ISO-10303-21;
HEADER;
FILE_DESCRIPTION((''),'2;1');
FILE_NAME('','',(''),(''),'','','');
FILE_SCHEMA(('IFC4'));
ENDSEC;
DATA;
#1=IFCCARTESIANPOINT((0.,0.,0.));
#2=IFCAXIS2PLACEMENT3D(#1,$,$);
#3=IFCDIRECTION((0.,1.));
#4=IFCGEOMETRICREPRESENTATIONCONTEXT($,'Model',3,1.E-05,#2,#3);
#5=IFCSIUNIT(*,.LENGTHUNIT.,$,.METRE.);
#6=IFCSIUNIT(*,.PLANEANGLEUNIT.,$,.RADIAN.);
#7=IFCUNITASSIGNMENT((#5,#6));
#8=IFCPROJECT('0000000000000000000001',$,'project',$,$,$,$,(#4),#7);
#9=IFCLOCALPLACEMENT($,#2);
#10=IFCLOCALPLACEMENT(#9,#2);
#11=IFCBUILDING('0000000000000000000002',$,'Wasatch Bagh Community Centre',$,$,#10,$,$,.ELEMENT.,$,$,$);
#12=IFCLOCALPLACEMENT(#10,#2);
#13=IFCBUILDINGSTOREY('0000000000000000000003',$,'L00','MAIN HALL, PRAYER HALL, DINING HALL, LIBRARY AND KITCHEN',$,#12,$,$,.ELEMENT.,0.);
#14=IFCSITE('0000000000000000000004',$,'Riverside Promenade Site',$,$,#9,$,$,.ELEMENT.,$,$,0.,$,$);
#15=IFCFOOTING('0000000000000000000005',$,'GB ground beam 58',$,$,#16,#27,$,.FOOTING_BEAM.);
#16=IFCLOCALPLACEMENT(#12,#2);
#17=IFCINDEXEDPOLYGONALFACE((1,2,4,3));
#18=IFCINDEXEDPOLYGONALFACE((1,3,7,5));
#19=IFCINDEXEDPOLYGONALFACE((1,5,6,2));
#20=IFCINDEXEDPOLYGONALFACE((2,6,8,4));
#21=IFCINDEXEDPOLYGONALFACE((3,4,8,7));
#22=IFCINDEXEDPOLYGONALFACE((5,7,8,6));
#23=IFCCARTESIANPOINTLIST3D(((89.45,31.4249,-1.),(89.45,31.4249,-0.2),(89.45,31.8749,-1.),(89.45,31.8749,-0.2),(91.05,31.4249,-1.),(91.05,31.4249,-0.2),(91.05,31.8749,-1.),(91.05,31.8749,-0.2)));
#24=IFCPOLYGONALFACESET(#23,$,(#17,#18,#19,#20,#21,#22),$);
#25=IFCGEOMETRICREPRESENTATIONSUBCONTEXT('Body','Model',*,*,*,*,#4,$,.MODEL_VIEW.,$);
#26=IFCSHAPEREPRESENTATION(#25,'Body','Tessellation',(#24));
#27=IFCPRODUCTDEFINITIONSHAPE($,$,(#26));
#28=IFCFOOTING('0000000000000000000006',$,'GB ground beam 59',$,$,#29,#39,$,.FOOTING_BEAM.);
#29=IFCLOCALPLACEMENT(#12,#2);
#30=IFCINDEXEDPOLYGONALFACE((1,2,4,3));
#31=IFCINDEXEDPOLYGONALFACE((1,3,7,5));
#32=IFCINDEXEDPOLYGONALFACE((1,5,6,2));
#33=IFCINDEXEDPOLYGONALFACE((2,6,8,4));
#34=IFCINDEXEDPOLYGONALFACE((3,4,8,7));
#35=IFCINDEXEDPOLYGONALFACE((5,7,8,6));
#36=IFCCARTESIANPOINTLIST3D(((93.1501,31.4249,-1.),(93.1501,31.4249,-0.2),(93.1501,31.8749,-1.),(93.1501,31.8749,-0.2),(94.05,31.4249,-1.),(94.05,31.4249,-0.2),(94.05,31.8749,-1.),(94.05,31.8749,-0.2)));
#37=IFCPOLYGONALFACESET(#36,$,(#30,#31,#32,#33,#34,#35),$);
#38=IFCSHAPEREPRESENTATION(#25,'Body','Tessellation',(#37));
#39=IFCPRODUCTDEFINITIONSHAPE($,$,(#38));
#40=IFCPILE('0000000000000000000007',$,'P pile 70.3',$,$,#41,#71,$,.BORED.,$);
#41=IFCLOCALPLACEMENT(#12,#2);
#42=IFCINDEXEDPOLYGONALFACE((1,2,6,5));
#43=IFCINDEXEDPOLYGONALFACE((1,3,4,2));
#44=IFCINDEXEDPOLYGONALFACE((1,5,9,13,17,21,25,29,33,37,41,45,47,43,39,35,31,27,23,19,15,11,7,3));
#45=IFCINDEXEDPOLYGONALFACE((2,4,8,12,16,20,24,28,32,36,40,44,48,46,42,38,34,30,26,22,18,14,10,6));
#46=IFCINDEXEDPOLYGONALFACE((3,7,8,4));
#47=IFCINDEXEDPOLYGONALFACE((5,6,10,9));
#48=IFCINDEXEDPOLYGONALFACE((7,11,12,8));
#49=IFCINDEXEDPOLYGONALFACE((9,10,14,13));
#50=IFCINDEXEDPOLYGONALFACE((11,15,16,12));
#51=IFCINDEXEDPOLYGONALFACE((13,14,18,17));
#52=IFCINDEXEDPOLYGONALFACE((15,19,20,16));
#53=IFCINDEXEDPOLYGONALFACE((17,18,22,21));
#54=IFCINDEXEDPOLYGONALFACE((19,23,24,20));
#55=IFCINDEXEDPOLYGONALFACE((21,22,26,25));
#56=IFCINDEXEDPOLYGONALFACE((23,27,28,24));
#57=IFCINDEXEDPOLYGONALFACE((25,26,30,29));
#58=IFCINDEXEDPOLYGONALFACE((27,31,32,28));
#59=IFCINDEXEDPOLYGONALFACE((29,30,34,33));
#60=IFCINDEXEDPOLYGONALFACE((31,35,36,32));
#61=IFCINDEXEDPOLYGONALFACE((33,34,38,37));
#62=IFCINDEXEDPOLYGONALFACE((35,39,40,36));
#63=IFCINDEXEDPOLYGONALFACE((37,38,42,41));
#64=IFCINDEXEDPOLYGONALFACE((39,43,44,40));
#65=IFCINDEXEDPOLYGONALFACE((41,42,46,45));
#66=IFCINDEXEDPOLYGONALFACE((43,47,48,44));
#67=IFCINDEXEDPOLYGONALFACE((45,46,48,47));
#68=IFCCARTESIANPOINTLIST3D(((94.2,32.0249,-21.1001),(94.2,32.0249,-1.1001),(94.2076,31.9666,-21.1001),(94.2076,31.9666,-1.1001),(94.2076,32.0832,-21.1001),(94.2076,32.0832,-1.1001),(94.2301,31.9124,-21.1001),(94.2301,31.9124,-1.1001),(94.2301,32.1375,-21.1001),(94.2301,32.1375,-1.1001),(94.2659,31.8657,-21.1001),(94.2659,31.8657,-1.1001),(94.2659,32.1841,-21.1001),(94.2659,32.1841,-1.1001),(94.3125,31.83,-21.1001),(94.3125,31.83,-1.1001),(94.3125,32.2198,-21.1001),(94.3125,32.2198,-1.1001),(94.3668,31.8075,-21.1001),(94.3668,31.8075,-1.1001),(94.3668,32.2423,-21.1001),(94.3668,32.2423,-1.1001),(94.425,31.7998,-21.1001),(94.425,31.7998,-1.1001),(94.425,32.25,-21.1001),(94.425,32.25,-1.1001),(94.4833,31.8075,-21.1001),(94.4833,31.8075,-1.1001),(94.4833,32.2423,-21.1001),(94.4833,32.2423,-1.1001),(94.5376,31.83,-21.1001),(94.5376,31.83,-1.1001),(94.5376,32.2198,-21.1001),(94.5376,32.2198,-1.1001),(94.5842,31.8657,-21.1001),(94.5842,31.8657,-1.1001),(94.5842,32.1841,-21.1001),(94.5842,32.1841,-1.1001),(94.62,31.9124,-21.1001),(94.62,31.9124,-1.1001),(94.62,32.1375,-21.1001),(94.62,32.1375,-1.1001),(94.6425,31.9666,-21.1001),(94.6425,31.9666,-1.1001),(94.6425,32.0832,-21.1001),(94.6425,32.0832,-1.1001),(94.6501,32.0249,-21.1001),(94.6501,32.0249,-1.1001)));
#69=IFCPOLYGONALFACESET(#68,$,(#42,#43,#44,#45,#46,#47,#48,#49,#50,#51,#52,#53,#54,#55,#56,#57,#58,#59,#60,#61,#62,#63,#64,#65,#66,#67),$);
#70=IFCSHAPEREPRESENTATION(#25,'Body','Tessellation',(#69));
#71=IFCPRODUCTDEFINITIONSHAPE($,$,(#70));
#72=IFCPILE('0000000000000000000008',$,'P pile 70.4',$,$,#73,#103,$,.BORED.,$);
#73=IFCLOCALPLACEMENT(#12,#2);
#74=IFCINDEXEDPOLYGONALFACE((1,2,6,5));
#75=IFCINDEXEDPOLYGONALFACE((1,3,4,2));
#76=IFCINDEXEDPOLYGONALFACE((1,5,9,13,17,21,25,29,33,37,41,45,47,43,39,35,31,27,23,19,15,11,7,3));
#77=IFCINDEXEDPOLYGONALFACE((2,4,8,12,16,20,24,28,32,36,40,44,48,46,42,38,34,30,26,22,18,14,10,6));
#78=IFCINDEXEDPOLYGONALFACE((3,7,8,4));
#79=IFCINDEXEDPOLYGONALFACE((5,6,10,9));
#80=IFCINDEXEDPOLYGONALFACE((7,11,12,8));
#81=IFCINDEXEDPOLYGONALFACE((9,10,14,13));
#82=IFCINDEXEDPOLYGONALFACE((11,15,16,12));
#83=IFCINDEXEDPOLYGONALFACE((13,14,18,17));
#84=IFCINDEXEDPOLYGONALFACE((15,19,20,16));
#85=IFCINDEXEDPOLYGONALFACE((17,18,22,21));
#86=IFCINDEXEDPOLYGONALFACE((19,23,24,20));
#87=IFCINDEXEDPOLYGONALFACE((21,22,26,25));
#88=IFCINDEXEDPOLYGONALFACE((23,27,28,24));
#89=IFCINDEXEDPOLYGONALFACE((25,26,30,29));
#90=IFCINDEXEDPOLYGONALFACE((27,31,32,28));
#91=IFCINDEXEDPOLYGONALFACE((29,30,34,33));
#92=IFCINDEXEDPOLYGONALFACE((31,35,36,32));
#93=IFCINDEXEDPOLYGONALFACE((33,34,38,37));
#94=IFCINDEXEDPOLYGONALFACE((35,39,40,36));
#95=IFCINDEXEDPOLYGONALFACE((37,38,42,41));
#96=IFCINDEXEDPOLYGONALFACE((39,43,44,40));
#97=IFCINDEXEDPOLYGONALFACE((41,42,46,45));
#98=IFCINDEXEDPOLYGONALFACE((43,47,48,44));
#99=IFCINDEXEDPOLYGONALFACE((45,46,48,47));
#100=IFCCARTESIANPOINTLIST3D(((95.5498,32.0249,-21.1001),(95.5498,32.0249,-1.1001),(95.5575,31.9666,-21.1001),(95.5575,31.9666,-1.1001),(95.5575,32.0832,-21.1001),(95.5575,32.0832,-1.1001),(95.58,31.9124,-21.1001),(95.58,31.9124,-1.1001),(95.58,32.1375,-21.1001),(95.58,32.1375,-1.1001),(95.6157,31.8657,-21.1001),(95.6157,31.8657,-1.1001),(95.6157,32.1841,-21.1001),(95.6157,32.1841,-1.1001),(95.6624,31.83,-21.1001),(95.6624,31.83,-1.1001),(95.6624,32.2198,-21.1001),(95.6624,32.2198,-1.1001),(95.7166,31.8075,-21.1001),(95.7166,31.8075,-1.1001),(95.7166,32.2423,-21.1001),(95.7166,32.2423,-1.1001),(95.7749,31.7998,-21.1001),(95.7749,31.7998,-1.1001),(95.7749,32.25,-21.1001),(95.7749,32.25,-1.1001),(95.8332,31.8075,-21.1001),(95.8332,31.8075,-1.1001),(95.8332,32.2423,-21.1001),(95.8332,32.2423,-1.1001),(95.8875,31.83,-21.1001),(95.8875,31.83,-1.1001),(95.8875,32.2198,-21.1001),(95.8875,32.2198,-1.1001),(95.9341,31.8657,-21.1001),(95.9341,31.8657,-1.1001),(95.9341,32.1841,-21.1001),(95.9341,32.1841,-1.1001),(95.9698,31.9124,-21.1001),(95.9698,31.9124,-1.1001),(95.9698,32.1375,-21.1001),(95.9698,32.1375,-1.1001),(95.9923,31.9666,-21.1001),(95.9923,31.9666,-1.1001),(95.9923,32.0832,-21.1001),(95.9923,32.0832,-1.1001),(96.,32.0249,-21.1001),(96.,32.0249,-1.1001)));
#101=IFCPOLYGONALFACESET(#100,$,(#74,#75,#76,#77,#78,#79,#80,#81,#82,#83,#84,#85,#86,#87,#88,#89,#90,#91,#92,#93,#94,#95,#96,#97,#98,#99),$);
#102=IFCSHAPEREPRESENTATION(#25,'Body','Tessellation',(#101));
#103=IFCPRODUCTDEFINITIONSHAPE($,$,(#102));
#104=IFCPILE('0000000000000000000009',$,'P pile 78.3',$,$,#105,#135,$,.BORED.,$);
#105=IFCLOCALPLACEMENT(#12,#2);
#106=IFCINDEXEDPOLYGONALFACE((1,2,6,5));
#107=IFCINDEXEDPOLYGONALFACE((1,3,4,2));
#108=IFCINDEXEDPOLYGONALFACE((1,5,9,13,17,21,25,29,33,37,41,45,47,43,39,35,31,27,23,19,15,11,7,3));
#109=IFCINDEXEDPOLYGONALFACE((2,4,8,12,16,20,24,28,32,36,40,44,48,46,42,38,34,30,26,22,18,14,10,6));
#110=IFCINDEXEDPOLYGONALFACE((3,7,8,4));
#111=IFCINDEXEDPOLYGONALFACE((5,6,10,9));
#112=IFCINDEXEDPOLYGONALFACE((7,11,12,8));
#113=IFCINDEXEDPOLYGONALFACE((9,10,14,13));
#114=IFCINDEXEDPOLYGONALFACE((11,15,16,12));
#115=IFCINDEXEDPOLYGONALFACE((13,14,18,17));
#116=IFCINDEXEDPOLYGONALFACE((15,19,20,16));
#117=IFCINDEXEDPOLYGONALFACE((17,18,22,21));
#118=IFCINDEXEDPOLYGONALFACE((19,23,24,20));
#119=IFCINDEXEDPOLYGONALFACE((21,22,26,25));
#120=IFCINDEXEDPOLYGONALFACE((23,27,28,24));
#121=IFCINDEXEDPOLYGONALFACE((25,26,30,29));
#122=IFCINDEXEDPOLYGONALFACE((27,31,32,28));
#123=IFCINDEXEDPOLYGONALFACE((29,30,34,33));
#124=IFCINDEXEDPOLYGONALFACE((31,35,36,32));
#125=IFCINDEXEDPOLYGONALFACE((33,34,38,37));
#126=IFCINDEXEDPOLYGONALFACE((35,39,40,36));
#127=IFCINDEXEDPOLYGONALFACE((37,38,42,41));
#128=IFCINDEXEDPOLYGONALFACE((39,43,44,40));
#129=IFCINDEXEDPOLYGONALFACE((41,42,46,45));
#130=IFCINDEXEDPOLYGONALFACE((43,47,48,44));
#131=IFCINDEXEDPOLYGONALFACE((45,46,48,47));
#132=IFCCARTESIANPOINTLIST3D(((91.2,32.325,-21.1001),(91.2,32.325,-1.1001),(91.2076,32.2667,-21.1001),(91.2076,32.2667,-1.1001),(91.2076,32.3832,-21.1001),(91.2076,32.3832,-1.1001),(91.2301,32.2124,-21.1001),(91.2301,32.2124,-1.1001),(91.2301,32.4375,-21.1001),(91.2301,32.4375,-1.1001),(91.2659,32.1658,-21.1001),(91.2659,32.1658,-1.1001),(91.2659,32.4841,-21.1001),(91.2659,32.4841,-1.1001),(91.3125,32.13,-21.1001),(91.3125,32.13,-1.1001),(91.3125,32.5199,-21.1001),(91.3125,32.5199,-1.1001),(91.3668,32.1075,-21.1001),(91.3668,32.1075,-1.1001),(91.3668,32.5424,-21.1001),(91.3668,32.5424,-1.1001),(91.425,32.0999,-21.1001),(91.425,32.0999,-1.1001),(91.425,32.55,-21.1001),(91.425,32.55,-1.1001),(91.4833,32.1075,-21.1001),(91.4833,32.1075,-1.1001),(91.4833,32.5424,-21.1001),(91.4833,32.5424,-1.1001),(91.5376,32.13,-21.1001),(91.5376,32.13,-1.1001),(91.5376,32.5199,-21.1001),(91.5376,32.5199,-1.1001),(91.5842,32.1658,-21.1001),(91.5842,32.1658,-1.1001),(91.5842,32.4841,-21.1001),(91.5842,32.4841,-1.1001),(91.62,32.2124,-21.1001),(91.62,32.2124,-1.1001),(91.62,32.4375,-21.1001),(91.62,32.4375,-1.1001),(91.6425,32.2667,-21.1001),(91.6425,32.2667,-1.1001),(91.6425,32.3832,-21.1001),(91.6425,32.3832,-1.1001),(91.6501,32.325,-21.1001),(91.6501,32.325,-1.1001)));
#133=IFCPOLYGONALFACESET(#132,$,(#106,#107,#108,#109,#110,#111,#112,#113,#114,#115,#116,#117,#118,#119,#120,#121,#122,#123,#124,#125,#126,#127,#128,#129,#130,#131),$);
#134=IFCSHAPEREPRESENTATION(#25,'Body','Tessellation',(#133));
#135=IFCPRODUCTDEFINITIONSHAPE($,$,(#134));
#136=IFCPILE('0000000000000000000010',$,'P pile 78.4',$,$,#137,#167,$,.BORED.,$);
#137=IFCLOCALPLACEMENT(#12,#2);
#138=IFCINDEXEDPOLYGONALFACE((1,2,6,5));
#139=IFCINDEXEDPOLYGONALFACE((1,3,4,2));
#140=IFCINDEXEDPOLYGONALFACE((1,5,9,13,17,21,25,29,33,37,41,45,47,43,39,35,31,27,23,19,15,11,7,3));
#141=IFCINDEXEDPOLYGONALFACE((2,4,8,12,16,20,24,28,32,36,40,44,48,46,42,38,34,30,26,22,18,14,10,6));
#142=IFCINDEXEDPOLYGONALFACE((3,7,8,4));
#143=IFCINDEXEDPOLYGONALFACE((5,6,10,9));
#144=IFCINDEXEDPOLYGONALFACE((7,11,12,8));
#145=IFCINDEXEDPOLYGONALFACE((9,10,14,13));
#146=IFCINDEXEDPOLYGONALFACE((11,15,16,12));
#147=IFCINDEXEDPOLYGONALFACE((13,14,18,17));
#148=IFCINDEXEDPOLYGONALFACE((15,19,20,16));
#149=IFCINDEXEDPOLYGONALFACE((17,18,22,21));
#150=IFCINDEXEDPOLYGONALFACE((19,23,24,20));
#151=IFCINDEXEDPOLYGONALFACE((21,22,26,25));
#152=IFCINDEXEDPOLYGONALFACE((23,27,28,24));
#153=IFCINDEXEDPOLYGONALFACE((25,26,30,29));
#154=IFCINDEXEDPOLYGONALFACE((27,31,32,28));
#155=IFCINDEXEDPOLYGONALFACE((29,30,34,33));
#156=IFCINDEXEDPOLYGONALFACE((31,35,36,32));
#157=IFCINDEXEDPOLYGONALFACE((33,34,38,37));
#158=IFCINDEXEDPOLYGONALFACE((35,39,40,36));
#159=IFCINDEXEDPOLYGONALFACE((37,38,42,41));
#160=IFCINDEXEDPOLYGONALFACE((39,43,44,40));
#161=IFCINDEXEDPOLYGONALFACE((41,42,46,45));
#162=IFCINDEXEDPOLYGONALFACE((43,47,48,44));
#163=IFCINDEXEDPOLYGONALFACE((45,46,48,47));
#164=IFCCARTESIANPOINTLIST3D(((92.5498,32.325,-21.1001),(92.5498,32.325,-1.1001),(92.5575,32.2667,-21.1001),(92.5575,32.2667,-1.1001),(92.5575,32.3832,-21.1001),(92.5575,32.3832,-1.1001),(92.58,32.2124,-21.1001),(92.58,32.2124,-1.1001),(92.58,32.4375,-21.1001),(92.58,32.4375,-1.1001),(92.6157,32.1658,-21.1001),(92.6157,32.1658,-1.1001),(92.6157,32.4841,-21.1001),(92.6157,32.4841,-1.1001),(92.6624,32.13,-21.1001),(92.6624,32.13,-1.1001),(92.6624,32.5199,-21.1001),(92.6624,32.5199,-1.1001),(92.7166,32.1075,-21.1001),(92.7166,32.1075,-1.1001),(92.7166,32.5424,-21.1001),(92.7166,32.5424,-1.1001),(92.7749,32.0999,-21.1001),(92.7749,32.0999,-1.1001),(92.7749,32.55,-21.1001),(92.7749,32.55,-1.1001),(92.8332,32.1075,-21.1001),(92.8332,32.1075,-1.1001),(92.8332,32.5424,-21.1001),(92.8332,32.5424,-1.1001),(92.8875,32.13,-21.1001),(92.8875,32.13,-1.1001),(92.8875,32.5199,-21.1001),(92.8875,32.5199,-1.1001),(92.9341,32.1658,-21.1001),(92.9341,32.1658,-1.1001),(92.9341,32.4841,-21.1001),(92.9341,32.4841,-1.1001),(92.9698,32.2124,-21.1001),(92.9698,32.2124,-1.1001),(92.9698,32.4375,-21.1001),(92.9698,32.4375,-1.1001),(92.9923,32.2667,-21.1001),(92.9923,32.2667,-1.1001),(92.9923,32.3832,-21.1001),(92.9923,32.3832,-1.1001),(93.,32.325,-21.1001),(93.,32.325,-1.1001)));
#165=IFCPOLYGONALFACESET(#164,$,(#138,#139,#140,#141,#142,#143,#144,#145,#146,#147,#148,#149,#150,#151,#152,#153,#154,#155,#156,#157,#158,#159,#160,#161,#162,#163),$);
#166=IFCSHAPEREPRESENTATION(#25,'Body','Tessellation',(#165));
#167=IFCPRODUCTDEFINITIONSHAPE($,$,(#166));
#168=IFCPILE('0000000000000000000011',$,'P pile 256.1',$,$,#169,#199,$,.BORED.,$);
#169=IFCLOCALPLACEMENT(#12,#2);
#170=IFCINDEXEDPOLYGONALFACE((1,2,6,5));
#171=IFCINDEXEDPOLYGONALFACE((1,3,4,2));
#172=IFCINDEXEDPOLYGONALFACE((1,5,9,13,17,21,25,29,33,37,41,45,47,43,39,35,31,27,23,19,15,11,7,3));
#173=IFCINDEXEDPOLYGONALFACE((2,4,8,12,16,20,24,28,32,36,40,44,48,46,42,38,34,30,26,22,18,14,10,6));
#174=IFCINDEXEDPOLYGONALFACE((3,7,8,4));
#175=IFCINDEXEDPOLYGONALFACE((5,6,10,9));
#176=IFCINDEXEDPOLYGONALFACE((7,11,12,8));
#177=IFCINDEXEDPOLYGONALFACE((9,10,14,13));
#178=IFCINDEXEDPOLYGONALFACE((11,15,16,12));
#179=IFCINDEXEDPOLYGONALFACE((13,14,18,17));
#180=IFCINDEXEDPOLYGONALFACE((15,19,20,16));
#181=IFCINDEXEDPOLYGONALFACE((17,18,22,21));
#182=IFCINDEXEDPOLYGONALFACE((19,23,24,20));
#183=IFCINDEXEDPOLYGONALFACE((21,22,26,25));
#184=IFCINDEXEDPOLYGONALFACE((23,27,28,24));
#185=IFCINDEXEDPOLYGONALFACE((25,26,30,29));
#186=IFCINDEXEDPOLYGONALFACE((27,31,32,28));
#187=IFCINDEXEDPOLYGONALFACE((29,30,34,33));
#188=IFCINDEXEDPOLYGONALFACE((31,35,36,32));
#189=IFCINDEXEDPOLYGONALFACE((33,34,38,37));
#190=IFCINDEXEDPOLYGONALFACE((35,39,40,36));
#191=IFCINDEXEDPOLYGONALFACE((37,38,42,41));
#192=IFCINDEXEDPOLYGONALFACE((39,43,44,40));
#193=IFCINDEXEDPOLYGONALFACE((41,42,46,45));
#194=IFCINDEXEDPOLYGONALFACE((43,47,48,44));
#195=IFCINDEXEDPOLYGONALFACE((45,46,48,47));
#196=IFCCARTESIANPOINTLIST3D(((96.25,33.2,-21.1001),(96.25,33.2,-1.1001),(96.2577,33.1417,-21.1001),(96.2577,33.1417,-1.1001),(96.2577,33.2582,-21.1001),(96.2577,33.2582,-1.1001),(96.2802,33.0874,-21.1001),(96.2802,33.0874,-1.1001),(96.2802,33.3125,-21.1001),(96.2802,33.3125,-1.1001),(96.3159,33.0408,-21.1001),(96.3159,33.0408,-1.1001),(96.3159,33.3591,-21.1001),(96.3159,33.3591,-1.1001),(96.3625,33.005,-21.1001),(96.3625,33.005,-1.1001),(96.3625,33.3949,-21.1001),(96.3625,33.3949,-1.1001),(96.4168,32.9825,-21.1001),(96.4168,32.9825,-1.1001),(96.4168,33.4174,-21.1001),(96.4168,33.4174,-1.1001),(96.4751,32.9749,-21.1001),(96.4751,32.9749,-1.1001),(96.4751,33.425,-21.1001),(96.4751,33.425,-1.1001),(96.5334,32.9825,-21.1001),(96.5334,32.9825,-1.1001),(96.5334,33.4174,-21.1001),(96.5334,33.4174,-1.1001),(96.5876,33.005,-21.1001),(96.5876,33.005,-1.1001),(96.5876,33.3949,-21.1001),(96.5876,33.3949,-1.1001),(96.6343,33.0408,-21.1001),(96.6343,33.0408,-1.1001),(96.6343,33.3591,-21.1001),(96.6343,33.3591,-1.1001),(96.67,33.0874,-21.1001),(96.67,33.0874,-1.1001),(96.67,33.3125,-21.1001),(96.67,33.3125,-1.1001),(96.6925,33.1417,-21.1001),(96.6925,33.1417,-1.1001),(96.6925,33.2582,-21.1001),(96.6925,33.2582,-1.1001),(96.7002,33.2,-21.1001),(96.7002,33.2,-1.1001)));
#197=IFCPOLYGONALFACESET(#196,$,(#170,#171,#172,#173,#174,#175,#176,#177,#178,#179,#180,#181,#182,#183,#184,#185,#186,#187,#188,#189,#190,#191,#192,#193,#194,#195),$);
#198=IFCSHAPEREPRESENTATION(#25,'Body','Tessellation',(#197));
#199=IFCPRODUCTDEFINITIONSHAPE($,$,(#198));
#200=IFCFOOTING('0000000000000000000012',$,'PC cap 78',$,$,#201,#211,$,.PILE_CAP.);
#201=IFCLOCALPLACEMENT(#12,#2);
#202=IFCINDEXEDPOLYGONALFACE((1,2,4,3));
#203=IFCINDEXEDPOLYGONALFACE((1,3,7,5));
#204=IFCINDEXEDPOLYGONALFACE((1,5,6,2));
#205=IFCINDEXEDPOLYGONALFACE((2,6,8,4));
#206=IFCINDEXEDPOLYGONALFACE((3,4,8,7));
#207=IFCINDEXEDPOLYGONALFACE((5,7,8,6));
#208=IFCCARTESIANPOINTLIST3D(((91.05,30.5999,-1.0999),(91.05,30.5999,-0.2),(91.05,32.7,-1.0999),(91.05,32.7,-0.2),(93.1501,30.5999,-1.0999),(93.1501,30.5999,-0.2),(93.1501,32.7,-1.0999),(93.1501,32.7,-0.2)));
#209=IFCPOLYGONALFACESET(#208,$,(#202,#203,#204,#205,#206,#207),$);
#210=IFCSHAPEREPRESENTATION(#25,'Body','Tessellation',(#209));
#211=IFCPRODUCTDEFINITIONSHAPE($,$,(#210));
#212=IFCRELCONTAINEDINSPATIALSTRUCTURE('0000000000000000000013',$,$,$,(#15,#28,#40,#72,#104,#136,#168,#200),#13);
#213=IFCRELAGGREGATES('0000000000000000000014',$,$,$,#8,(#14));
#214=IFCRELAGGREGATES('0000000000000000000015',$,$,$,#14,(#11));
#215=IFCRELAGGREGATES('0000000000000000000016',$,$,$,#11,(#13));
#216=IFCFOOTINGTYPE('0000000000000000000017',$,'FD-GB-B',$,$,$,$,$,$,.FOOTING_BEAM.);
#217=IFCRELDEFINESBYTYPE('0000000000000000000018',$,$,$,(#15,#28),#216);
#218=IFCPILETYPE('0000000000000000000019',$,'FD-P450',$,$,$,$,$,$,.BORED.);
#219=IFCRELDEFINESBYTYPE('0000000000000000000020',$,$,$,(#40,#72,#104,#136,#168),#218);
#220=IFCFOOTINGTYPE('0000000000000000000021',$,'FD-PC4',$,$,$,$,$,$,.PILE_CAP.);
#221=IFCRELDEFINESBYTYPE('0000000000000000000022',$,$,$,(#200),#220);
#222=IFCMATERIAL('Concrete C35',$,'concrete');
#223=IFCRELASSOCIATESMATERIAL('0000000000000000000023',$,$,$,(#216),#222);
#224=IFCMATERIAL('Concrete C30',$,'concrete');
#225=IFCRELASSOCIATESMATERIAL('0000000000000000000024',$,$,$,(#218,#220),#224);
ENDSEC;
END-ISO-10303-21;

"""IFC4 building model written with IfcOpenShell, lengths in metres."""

from ifc_helpers import new_model, si_unit, direction, frame, origin, origin_2d, place, context, subcontext, project, spatial, rectangle, circle, extrude, material, material_profile, profile_set, type_object, element, save


model = new_model("IFC4")

# Units and contexts
model_context = context("Model", 3, precision=1e-05, world=origin(), true_north=direction((0.0, 1.0)))
body_context = subcontext(model_context, "Body", "Model", "MODEL_VIEW")
ifc_project = project(units=[si_unit("LENGTHUNIT", "METRE"), si_unit("PLANEANGLEUNIT", "RADIAN")], contexts=[model_context])

# Site, building, storey
site_placement = place(None, origin())
site = spatial("IfcSite", under=ifc_project, at=site_placement, Name="Riverside Promenade Site", CompositionType="ELEMENT", RefElevation=0.0)
building_placement = place(site_placement, origin())
building = spatial("IfcBuilding", under=site, at=building_placement, Name="Wasatch Bagh Community Centre", CompositionType="ELEMENT")
storey_placement = place(building_placement, origin())
storey = spatial("IfcBuildingStorey", under=building, at=storey_placement, Name="L00", Description="MAIN HALL, PRAYER HALL, DINING HALL, LIBRARY AND KITCHEN", CompositionType="ELEMENT", Elevation=0.0)

# Footings
ifc_material_1 = material(Name="Concrete C35", Category="concrete")
footing_type_1 = type_object("IfcFootingType", Name="FD-GB-B", PredefinedType="FOOTING_BEAM", material=ifc_material_1)
footing_1_placement = place(storey_placement, frame((90.25, 31.6499, -1.0), z_axis=(0.0, 0.0, 1.0), x_axis=(1.0, 0.0, 0.0)))
element("IfcFooting", 1, at=footing_1_placement, inside=storey, type_object=footing_type_1, Name="GB ground beam 58", PredefinedType="FOOTING_BEAM", context=body_context, shape_type="SweptSolid", body=[
    extrude(rectangle(XDim=1.6001, YDim=0.45, at=origin_2d()), origin(), (0.0, 0.0, 1.0), 0.8),
])
footing_2_placement = place(storey_placement, frame((93.6001, 31.6499, -1.0), z_axis=(0.0, 0.0, 1.0), x_axis=(1.0, 0.0, 0.0)))
element("IfcFooting", 2, at=footing_2_placement, inside=storey, type_object=footing_type_1, Name="GB ground beam 59", PredefinedType="FOOTING_BEAM", context=body_context, shape_type="SweptSolid", body=[
    extrude(rectangle(XDim=0.8999, YDim=0.45, at=origin_2d()), origin(), (0.0, 0.0, 1.0), 0.8),
])

# Piles
ifc_material_2 = material(Name="Concrete C30", Category="concrete")
ifc_material_profile_1 = material_profile(ifc_material_2, circle(Radius=0.2251, at=origin_2d()), Name="RC D450")
ifc_profile_set_1 = profile_set([ifc_material_profile_1], Name="Concrete C30")
pile_type = type_object("IfcPileType", Name="FD-P450", PredefinedType="BORED", material=ifc_profile_set_1)
for number, where, z_axis, x_axis, name in (
    (3, (94.425, 32.0249, -1.1001), (0.0, 0.0, -1.0), (1.0, 0.0, 0.0), "P pile 70.3"),
    (4, (95.7749, 32.0249, -1.1001), (0.0, 0.0, -1.0), (1.0, 0.0, 0.0), "P pile 70.4"),
    (5, (91.425, 32.325, -1.1001), (0.0, 0.0, -1.0), (1.0, 0.0, 0.0), "P pile 78.3"),
    (6, (92.7749, 32.325, -1.1001), (0.0, 0.0, -1.0), (1.0, 0.0, 0.0), "P pile 78.4"),
    (7, (96.4751, 33.2, -1.1001), (0.0, 0.0, -1.0), (1.0, 0.0, 0.0), "P pile 256.1"),
):
    element("IfcPile", number, at=place(storey_placement, frame(where, z_axis=z_axis, x_axis=x_axis)), inside=storey, type_object=pile_type, Name=name, PredefinedType="BORED", context=body_context, shape_type="SweptSolid", body=[
        extrude(circle(Radius=0.2251, at=origin_2d()), origin(), (0.0, 0.0, 1.0), 20.0),
    ])

# Footing
footing_type_2 = type_object("IfcFootingType", Name="FD-PC4", PredefinedType="PILE_CAP", material=ifc_material_2)
footing_3_placement = place(storey_placement, frame((92.1001, 31.6499, -1.0999), z_axis=(0.0, 0.0, 1.0), x_axis=(1.0, 0.0, 0.0)))
element("IfcFooting", 8, at=footing_3_placement, inside=storey, type_object=footing_type_2, Name="PC cap 78", PredefinedType="PILE_CAP", context=body_context, shape_type="SweptSolid", body=[
    extrude(rectangle(XDim=2.1001, YDim=2.1001, at=origin_2d()), origin(), (0.0, 0.0, 1.0), 0.8999),
])

save(model, "model.ifc")
